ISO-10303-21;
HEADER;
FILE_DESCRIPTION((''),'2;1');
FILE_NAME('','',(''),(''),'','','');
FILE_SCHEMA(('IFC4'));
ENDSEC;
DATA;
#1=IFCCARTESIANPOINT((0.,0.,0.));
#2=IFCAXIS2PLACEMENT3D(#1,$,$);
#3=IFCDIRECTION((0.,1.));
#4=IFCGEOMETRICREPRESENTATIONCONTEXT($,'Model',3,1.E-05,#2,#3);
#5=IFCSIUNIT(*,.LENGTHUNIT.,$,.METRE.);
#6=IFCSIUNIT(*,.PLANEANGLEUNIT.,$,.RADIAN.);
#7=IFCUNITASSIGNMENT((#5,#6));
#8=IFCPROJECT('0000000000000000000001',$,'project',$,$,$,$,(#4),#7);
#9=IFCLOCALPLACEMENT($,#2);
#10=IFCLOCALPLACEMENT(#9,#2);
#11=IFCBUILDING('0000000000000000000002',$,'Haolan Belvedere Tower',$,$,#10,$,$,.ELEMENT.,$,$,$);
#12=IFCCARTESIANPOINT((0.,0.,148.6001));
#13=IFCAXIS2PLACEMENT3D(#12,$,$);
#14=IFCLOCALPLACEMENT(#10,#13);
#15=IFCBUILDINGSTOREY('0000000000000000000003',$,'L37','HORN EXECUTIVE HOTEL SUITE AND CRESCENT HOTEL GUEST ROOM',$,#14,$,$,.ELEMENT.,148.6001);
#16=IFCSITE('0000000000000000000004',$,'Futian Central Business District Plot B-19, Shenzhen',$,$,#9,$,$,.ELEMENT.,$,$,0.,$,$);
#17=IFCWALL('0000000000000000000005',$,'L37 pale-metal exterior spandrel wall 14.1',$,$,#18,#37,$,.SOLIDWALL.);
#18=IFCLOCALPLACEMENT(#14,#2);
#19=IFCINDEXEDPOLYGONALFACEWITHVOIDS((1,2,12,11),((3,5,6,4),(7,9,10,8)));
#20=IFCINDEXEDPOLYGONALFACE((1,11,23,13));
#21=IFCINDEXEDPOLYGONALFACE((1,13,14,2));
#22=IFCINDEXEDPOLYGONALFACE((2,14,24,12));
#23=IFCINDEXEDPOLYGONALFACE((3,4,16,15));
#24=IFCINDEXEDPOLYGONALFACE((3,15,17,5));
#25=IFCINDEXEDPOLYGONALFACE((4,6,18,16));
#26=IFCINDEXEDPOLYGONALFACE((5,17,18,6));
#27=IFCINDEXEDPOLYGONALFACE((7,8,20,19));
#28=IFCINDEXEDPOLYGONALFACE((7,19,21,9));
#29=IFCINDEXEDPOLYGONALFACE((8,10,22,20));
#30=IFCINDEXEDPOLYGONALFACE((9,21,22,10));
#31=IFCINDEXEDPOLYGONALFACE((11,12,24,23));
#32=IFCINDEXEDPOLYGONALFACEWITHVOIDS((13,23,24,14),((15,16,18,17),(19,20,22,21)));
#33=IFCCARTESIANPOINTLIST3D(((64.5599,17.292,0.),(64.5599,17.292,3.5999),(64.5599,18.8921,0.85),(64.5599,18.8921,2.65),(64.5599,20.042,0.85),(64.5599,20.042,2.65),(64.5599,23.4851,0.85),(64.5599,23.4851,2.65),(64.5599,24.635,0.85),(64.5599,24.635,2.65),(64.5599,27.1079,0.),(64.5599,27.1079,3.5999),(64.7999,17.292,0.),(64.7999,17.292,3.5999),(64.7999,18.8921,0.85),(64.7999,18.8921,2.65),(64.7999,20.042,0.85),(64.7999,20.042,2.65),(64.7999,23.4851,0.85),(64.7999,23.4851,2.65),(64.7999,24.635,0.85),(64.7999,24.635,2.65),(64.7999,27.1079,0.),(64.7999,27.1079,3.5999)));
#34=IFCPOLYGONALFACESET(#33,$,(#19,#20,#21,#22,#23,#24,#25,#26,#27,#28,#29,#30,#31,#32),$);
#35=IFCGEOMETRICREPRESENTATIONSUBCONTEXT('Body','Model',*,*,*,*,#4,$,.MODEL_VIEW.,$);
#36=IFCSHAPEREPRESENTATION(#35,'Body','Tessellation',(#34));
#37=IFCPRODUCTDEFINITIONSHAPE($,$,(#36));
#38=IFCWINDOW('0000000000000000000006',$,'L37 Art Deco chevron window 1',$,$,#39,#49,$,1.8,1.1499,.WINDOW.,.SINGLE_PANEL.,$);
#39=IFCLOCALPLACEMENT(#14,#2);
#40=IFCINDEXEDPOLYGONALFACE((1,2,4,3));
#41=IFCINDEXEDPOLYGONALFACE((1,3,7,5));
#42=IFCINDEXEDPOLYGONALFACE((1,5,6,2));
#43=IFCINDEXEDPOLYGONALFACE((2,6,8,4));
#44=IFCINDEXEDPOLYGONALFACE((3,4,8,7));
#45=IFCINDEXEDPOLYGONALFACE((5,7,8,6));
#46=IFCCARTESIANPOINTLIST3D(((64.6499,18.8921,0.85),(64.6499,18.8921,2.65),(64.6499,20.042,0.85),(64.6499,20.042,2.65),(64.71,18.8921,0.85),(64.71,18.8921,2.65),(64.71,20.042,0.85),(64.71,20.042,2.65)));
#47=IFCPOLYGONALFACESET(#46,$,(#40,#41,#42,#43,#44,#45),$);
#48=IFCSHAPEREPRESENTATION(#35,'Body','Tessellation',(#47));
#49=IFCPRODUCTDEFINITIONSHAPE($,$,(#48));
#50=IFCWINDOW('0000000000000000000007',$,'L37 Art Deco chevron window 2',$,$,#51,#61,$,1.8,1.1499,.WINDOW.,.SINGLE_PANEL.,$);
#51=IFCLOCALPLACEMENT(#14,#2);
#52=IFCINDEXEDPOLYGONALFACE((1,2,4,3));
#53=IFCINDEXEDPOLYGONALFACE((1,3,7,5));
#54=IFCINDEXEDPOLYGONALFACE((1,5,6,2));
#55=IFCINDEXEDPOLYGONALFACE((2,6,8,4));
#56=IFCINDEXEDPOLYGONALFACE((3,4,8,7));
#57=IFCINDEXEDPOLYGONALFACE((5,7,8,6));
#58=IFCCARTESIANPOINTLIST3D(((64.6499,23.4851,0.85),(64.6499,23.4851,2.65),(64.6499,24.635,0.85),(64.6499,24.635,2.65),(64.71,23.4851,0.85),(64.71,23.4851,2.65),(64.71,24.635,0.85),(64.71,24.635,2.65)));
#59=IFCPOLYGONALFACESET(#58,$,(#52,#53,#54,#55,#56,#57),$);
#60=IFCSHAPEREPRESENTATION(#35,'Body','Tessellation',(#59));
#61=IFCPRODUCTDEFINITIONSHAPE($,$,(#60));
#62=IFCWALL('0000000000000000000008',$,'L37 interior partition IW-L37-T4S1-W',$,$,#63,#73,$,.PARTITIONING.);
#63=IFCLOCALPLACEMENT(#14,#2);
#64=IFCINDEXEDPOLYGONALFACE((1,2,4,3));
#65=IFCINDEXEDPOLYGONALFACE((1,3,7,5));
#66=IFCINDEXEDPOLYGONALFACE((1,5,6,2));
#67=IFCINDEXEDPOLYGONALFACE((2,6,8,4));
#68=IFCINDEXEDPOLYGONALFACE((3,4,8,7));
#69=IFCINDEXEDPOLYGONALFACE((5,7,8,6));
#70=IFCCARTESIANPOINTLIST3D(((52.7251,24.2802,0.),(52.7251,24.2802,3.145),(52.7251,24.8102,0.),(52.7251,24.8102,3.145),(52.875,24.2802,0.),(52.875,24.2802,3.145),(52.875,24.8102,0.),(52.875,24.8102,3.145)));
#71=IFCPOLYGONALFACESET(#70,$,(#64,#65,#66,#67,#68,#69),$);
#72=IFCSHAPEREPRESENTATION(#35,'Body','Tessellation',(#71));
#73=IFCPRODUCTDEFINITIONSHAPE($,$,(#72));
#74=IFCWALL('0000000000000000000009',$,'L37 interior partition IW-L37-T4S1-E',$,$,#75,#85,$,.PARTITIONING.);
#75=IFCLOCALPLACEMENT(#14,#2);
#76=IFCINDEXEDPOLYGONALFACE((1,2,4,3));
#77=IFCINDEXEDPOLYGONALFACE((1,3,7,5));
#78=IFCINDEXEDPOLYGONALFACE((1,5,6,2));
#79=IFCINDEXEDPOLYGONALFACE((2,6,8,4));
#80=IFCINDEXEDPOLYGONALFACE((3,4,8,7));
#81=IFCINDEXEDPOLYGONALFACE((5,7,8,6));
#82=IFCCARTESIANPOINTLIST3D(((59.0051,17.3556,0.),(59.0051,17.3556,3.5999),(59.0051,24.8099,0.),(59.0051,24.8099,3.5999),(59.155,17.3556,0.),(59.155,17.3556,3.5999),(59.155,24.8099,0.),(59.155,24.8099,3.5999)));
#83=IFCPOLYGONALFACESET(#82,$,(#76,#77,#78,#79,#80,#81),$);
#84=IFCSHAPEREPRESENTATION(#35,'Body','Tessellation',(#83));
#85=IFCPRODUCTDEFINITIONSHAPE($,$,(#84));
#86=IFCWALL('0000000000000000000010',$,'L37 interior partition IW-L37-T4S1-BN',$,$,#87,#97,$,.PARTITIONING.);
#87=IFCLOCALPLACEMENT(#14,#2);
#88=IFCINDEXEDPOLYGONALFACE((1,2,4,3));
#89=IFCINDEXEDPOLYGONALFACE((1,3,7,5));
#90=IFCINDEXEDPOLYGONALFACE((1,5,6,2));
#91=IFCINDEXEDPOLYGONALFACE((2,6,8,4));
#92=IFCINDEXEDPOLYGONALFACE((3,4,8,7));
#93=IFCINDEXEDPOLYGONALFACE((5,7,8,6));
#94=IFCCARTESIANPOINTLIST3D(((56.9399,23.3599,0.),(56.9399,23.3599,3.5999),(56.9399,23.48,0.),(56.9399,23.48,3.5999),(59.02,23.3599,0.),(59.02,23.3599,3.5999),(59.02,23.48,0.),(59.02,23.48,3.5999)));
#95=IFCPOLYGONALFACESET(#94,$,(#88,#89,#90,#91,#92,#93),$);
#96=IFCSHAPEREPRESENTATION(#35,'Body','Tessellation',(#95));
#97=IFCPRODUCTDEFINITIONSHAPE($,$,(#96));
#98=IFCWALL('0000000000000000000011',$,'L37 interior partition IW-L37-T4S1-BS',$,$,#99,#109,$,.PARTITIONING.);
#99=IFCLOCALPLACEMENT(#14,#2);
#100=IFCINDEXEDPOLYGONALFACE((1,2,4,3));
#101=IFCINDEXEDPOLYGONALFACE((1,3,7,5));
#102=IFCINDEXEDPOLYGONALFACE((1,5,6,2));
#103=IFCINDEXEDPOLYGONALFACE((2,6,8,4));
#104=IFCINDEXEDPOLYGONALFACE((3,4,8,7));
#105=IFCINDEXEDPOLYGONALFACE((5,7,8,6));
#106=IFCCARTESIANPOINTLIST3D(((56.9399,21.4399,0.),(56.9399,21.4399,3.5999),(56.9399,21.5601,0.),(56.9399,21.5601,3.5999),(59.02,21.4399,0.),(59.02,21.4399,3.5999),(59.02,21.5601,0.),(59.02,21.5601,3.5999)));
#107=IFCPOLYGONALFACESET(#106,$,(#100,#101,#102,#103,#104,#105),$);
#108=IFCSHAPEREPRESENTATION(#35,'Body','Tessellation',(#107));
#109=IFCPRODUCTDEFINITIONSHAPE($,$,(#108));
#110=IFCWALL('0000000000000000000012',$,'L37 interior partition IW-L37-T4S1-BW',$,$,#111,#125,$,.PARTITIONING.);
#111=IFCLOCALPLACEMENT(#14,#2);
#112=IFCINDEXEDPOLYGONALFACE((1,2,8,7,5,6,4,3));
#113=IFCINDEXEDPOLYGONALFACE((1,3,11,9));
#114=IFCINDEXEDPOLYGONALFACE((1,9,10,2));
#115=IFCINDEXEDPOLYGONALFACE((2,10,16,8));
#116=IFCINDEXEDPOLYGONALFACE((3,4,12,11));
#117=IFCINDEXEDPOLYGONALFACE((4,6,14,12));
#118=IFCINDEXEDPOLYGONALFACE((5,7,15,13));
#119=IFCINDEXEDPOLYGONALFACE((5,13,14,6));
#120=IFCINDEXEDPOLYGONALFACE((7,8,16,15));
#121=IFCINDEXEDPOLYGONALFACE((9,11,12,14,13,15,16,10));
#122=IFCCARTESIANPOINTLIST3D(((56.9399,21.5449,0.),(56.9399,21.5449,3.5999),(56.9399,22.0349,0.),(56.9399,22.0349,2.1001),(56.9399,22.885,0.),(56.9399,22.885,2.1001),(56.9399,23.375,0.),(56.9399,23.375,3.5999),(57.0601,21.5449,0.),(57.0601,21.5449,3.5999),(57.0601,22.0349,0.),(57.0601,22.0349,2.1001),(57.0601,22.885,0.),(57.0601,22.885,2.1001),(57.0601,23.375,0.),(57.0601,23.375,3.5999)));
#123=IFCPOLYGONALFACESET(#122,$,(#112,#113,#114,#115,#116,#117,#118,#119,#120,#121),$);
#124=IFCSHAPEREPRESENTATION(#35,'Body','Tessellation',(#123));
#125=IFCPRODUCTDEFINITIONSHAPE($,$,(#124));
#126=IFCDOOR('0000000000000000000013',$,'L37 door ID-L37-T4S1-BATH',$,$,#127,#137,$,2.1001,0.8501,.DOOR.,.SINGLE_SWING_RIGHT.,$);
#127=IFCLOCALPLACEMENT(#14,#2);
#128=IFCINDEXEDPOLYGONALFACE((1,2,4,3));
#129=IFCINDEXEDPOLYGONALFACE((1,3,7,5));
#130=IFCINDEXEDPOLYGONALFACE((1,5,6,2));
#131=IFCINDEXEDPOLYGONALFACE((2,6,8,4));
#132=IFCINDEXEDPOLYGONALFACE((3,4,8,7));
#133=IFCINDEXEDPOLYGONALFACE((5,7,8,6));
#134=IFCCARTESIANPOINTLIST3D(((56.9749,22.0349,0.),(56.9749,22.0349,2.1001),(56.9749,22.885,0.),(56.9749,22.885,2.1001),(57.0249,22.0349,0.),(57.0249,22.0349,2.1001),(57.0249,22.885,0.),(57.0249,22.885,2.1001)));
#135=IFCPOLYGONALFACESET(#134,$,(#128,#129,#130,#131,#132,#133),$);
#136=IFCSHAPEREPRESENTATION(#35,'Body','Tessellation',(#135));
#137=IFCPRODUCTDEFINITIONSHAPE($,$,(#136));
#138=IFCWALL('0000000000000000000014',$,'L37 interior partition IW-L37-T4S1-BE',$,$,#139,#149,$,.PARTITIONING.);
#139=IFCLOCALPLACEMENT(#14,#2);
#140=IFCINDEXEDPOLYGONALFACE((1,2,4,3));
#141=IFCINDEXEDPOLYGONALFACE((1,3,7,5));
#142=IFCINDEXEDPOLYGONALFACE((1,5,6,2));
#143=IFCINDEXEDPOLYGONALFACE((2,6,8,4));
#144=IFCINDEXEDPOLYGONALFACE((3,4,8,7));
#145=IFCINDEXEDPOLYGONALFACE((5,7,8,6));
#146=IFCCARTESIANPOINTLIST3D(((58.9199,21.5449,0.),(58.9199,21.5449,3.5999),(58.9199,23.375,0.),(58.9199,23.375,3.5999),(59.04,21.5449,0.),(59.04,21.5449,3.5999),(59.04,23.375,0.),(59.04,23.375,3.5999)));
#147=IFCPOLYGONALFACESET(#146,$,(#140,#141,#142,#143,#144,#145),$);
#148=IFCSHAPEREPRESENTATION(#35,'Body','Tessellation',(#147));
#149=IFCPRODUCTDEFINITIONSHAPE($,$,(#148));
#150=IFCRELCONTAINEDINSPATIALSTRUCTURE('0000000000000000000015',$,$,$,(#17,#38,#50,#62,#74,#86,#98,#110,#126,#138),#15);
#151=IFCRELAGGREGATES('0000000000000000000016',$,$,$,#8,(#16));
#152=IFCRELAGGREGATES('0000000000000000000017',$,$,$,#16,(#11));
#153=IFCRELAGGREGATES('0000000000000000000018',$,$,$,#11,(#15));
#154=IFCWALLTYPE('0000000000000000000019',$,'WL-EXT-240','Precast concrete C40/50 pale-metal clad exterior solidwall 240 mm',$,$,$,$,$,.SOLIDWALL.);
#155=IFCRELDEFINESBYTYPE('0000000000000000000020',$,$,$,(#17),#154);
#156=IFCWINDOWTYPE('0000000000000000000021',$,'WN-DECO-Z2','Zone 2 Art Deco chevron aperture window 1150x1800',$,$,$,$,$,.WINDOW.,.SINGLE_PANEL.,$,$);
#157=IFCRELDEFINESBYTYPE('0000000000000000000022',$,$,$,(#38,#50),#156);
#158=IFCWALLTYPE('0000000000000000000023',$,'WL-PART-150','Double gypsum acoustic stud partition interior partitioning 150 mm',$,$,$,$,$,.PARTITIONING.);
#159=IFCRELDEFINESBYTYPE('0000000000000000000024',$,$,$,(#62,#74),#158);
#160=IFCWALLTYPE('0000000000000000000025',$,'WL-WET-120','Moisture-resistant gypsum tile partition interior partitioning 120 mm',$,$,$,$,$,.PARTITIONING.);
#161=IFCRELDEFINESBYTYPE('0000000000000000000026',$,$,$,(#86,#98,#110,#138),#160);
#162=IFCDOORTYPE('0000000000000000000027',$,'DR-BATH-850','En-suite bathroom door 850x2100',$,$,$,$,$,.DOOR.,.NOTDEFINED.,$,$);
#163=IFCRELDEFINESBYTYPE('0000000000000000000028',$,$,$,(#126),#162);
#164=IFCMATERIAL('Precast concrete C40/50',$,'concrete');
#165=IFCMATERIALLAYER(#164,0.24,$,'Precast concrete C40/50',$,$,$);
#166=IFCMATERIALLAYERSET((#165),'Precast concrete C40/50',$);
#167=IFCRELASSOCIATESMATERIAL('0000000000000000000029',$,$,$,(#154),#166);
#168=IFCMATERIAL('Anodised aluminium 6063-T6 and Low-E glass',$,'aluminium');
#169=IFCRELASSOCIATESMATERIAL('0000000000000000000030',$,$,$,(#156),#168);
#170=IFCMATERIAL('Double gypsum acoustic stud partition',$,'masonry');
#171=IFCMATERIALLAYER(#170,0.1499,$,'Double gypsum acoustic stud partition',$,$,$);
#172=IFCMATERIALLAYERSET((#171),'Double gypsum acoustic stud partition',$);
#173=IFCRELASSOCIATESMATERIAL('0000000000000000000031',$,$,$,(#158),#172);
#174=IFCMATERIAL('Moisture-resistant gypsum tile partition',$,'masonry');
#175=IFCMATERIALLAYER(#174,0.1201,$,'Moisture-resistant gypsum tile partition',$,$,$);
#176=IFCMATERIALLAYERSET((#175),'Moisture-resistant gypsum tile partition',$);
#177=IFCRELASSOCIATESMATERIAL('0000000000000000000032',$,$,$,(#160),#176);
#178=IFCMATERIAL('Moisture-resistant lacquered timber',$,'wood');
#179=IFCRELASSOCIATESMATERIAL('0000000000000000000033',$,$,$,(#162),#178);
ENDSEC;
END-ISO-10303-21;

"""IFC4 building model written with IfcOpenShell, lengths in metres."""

from ifc_helpers import new_model, si_unit, direction, frame, frame_2d, origin, place, context, subcontext, project, spatial, rectangle, extrude, material, layer, layer_set, type_object, element, fill, save


model = new_model("IFC4")

# Units and contexts
model_context = context("Model", 3, precision=1e-05, world=origin(), true_north=direction((0.0, 1.0)))
body_context = subcontext(model_context, "Body", "Model", "MODEL_VIEW")
ifc_project = project(units=[si_unit("LENGTHUNIT", "METRE"), si_unit("PLANEANGLEUNIT", "RADIAN")], contexts=[model_context])

# Site, building, storey
site_placement = place(None, origin())
site = spatial("IfcSite", under=ifc_project, at=site_placement, Name="Futian Central Business District Plot B-19, Shenzhen", CompositionType="ELEMENT", RefElevation=0.0)
building_placement = place(site_placement, origin())
building = spatial("IfcBuilding", under=site, at=building_placement, Name="Haolan Belvedere Tower", CompositionType="ELEMENT")
storey_placement = place(building_placement, frame((0.0, 0.0, 148.6001)))
storey = spatial("IfcBuildingStorey", under=building, at=storey_placement, Name="L37", Description="HORN EXECUTIVE HOTEL SUITE AND CRESCENT HOTEL GUEST ROOM", CompositionType="ELEMENT", Elevation=148.6001)

# Shared definitions
ifc_material_1 = material(Name="Precast concrete C40/50", Category="concrete")
ifc_layer_1 = layer(ifc_material_1, 0.24, Name="Precast concrete C40/50")
ifc_layer_set_1 = layer_set([ifc_layer_1], Name="Precast concrete C40/50")
wall_type_1 = type_object("IfcWallType", Name="WL-EXT-240", Description="Precast concrete C40/50 pale-metal clad exterior solidwall 240 mm", PredefinedType="SOLIDWALL", material=ifc_layer_set_1)
ifc_material_2 = material(Name="Anodised aluminium 6063-T6 and Low-E glass", Category="aluminium")
window_type = type_object("IfcWindowType", Name="WN-DECO-Z2", Description="Zone 2 Art Deco chevron aperture window 1150x1800", PartitioningType="SINGLE_PANEL", PredefinedType="WINDOW", material=ifc_material_2)

# Wall, openings, windows
wall_1_placement = place(storey_placement, frame((64.6799, 17.292, 0.0), z_axis=(0.0, 0.0, 1.0), x_axis=(0.0, 1.0, 0.0)))
wall_1 = element("IfcWall", 1, at=wall_1_placement, inside=storey, type_object=wall_type_1, Name="L37 pale-metal exterior spandrel wall 14.1", PredefinedType="SOLIDWALL", context=body_context, shape_type="SweptSolid", body=[
    extrude(rectangle(XDim=9.8159, YDim=0.24, at=frame_2d((4.908, 0.0))), origin(), (0.0, 0.0, 1.0), 3.5999),
])
opening_1_placement = place(wall_1_placement, frame((1.6001, 0.0, 0.8501)))
opening_1 = element("IfcOpeningElement", 2, at=opening_1_placement, cuts=wall_1, PredefinedType="OPENING", context=body_context, shape_type="SweptSolid", body=[
    extrude(rectangle(XDim=1.1499, YDim=1.8, at=frame_2d((0.575, 0.8999))), frame((0.0, 0.1299, 0.0), z_axis=(0.0, -1.0, 0.0), x_axis=(1.0, 0.0, 0.0)), (0.0, 0.0, 1.0), 0.26),
])
opening_2_placement = place(wall_1_placement, frame((6.1931, 0.0, 0.8501)))
opening_2 = element("IfcOpeningElement", 3, at=opening_2_placement, cuts=wall_1, PredefinedType="OPENING", context=body_context, shape_type="SweptSolid", body=[
    extrude(rectangle(XDim=1.1499, YDim=1.8, at=frame_2d((0.575, 0.8999))), frame((0.0, 0.1299, 0.0), z_axis=(0.0, -1.0, 0.0), x_axis=(1.0, 0.0, 0.0)), (0.0, 0.0, 1.0), 0.26),
])
window_1_placement = place(opening_1_placement, origin())
window_1 = element("IfcWindow", 4, at=window_1_placement, inside=storey, type_object=window_type, Name="L37 Art Deco chevron window 1", OverallHeight=1.8, OverallWidth=1.1499, PartitioningType="SINGLE_PANEL", PredefinedType="WINDOW", context=body_context, shape_type="SweptSolid", body=[
    extrude(rectangle(XDim=1.1499, YDim=1.8, at=frame_2d((0.575, 0.8999))), frame((0.0, 0.03, 0.0), z_axis=(0.0, -1.0, 0.0), x_axis=(1.0, 0.0, 0.0)), (0.0, 0.0, 1.0), 0.0601),
])
fill(opening_1, window_1)
window_2_placement = place(opening_2_placement, origin())
window_2 = element("IfcWindow", 5, at=window_2_placement, inside=storey, type_object=window_type, Name="L37 Art Deco chevron window 2", OverallHeight=1.8, OverallWidth=1.1499, PartitioningType="SINGLE_PANEL", PredefinedType="WINDOW", context=body_context, shape_type="SweptSolid", body=[
    extrude(rectangle(XDim=1.1499, YDim=1.8, at=frame_2d((0.575, 0.8999))), frame((0.0, 0.03, 0.0), z_axis=(0.0, -1.0, 0.0), x_axis=(1.0, 0.0, 0.0)), (0.0, 0.0, 1.0), 0.0601),
])
fill(opening_2, window_2)

# Walls
ifc_material_3 = material(Name="Double gypsum acoustic stud partition", Category="masonry")
ifc_layer_2 = layer(ifc_material_3, 0.1499, Name="Double gypsum acoustic stud partition")
ifc_layer_set_2 = layer_set([ifc_layer_2], Name="Double gypsum acoustic stud partition")
wall_type_2 = type_object("IfcWallType", Name="WL-PART-150", Description="Double gypsum acoustic stud partition interior partitioning 150 mm", PredefinedType="PARTITIONING", material=ifc_layer_set_2)
wall_2_placement = place(storey_placement, frame((52.8, 24.28, 0.0), z_axis=(0.0, 0.0, 1.0), x_axis=(0.0, 1.0, 0.0)))
element("IfcWall", 6, at=wall_2_placement, inside=storey, type_object=wall_type_2, Name="L37 interior partition IW-L37-T4S1-W", PredefinedType="PARTITIONING", context=body_context, shape_type="SweptSolid", body=[
    extrude(rectangle(XDim=0.53, YDim=0.1499, at=frame_2d((0.2651, 0.0))), origin(), (0.0, 0.0, 1.0), 3.145),
])
wall_3_placement = place(storey_placement, frame((59.0801, 17.3557, 0.0), z_axis=(0.0, 0.0, 1.0), x_axis=(0.0, 1.0, 0.0)))
element("IfcWall", 7, at=wall_3_placement, inside=storey, type_object=wall_type_2, Name="L37 interior partition IW-L37-T4S1-E", PredefinedType="PARTITIONING", context=body_context, shape_type="SweptSolid", body=[
    extrude(rectangle(XDim=7.4543, YDim=0.1499, at=frame_2d((3.7271, 0.0))), origin(), (0.0, 0.0, 1.0), 3.5999),
])
ifc_material_4 = material(Name="Moisture-resistant gypsum tile partition", Category="masonry")
ifc_layer_3 = layer(ifc_material_4, 0.1201, Name="Moisture-resistant gypsum tile partition")
ifc_layer_set_3 = layer_set([ifc_layer_3], Name="Moisture-resistant gypsum tile partition")
wall_type_3 = type_object("IfcWallType", Name="WL-WET-120", Description="Moisture-resistant gypsum tile partition interior partitioning 120 mm", PredefinedType="PARTITIONING", material=ifc_layer_set_3)
for number, where, z_axis, x_axis, name in (
    (8, (56.9399, 23.4199, 0.0), (0.0, 0.0, 1.0), (1.0, 0.0, 0.0), "L37 interior partition IW-L37-T4S1-BN"),
    (9, (56.9399, 21.5, 0.0), (0.0, 0.0, 1.0), (1.0, 0.0, 0.0), "L37 interior partition IW-L37-T4S1-BS"),
):
    element("IfcWall", number, at=place(storey_placement, frame(where, z_axis=z_axis, x_axis=x_axis)), inside=storey, type_object=wall_type_3, Name=name, PredefinedType="PARTITIONING", context=body_context, shape_type="SweptSolid", body=[
        extrude(rectangle(XDim=2.0801, YDim=0.1201, at=frame_2d((1.04, 0.0))), origin(), (0.0, 0.0, 1.0), 3.5999),
    ])

# Wall, opening, door
wall_4_placement = place(storey_placement, frame((57.0, 21.5449, 0.0), z_axis=(0.0, 0.0, 1.0), x_axis=(0.0, 1.0, 0.0)))
wall_4 = element("IfcWall", 10, at=wall_4_placement, inside=storey, type_object=wall_type_3, Name="L37 interior partition IW-L37-T4S1-BW", PredefinedType="PARTITIONING", context=body_context, shape_type="SweptSolid", body=[
    extrude(rectangle(XDim=1.8301, YDim=0.1201, at=frame_2d((0.915, 0.0))), origin(), (0.0, 0.0, 1.0), 3.5999),
])
opening_3_placement = place(wall_4_placement, frame((1.3401, 0.0, 0.0), z_axis=(0.0, 0.0, 1.0), x_axis=(-1.0, 0.0, 0.0)))
opening_3 = element("IfcOpeningElement", 11, at=opening_3_placement, cuts=wall_4, PredefinedType="OPENING", context=body_context, shape_type="SweptSolid", body=[
    extrude(rectangle(XDim=0.8501, YDim=2.1001, at=frame_2d((0.425, 1.05))), frame((0.0, 0.0701, 0.0), z_axis=(0.0, -1.0, 0.0), x_axis=(1.0, 0.0, 0.0)), (0.0, 0.0, 1.0), 0.1401),
])
ifc_material_5 = material(Name="Moisture-resistant lacquered timber", Category="wood")
door_type = type_object("IfcDoorType", Name="DR-BATH-850", Description="En-suite bathroom door 850x2100", OperationType="NOTDEFINED", PredefinedType="DOOR", material=ifc_material_5)
door_1_placement = place(opening_3_placement, origin())
door_1 = element("IfcDoor", 12, at=door_1_placement, inside=storey, type_object=door_type, Name="L37 door ID-L37-T4S1-BATH", OperationType="SINGLE_SWING_RIGHT", OverallHeight=2.1001, OverallWidth=0.8501, PredefinedType="DOOR", context=body_context, shape_type="SweptSolid", body=[
    extrude(rectangle(XDim=0.8501, YDim=2.1001, at=frame_2d((0.425, 1.05))), frame((0.0, 0.0249, 0.0), z_axis=(0.0, -1.0, 0.0), x_axis=(1.0, 0.0, 0.0)), (0.0, 0.0, 1.0), 0.05),
])
fill(opening_3, door_1)

# Wall
wall_5_placement = place(storey_placement, frame((58.98, 21.5449, 0.0), z_axis=(0.0, 0.0, 1.0), x_axis=(0.0, 1.0, 0.0)))
element("IfcWall", 13, at=wall_5_placement, inside=storey, type_object=wall_type_3, Name="L37 interior partition IW-L37-T4S1-BE", PredefinedType="PARTITIONING", context=body_context, shape_type="SweptSolid", body=[
    extrude(rectangle(XDim=1.8301, YDim=0.1201, at=frame_2d((0.915, 0.0))), origin(), (0.0, 0.0, 1.0), 3.5999),
])

save(model, "model.ifc")
